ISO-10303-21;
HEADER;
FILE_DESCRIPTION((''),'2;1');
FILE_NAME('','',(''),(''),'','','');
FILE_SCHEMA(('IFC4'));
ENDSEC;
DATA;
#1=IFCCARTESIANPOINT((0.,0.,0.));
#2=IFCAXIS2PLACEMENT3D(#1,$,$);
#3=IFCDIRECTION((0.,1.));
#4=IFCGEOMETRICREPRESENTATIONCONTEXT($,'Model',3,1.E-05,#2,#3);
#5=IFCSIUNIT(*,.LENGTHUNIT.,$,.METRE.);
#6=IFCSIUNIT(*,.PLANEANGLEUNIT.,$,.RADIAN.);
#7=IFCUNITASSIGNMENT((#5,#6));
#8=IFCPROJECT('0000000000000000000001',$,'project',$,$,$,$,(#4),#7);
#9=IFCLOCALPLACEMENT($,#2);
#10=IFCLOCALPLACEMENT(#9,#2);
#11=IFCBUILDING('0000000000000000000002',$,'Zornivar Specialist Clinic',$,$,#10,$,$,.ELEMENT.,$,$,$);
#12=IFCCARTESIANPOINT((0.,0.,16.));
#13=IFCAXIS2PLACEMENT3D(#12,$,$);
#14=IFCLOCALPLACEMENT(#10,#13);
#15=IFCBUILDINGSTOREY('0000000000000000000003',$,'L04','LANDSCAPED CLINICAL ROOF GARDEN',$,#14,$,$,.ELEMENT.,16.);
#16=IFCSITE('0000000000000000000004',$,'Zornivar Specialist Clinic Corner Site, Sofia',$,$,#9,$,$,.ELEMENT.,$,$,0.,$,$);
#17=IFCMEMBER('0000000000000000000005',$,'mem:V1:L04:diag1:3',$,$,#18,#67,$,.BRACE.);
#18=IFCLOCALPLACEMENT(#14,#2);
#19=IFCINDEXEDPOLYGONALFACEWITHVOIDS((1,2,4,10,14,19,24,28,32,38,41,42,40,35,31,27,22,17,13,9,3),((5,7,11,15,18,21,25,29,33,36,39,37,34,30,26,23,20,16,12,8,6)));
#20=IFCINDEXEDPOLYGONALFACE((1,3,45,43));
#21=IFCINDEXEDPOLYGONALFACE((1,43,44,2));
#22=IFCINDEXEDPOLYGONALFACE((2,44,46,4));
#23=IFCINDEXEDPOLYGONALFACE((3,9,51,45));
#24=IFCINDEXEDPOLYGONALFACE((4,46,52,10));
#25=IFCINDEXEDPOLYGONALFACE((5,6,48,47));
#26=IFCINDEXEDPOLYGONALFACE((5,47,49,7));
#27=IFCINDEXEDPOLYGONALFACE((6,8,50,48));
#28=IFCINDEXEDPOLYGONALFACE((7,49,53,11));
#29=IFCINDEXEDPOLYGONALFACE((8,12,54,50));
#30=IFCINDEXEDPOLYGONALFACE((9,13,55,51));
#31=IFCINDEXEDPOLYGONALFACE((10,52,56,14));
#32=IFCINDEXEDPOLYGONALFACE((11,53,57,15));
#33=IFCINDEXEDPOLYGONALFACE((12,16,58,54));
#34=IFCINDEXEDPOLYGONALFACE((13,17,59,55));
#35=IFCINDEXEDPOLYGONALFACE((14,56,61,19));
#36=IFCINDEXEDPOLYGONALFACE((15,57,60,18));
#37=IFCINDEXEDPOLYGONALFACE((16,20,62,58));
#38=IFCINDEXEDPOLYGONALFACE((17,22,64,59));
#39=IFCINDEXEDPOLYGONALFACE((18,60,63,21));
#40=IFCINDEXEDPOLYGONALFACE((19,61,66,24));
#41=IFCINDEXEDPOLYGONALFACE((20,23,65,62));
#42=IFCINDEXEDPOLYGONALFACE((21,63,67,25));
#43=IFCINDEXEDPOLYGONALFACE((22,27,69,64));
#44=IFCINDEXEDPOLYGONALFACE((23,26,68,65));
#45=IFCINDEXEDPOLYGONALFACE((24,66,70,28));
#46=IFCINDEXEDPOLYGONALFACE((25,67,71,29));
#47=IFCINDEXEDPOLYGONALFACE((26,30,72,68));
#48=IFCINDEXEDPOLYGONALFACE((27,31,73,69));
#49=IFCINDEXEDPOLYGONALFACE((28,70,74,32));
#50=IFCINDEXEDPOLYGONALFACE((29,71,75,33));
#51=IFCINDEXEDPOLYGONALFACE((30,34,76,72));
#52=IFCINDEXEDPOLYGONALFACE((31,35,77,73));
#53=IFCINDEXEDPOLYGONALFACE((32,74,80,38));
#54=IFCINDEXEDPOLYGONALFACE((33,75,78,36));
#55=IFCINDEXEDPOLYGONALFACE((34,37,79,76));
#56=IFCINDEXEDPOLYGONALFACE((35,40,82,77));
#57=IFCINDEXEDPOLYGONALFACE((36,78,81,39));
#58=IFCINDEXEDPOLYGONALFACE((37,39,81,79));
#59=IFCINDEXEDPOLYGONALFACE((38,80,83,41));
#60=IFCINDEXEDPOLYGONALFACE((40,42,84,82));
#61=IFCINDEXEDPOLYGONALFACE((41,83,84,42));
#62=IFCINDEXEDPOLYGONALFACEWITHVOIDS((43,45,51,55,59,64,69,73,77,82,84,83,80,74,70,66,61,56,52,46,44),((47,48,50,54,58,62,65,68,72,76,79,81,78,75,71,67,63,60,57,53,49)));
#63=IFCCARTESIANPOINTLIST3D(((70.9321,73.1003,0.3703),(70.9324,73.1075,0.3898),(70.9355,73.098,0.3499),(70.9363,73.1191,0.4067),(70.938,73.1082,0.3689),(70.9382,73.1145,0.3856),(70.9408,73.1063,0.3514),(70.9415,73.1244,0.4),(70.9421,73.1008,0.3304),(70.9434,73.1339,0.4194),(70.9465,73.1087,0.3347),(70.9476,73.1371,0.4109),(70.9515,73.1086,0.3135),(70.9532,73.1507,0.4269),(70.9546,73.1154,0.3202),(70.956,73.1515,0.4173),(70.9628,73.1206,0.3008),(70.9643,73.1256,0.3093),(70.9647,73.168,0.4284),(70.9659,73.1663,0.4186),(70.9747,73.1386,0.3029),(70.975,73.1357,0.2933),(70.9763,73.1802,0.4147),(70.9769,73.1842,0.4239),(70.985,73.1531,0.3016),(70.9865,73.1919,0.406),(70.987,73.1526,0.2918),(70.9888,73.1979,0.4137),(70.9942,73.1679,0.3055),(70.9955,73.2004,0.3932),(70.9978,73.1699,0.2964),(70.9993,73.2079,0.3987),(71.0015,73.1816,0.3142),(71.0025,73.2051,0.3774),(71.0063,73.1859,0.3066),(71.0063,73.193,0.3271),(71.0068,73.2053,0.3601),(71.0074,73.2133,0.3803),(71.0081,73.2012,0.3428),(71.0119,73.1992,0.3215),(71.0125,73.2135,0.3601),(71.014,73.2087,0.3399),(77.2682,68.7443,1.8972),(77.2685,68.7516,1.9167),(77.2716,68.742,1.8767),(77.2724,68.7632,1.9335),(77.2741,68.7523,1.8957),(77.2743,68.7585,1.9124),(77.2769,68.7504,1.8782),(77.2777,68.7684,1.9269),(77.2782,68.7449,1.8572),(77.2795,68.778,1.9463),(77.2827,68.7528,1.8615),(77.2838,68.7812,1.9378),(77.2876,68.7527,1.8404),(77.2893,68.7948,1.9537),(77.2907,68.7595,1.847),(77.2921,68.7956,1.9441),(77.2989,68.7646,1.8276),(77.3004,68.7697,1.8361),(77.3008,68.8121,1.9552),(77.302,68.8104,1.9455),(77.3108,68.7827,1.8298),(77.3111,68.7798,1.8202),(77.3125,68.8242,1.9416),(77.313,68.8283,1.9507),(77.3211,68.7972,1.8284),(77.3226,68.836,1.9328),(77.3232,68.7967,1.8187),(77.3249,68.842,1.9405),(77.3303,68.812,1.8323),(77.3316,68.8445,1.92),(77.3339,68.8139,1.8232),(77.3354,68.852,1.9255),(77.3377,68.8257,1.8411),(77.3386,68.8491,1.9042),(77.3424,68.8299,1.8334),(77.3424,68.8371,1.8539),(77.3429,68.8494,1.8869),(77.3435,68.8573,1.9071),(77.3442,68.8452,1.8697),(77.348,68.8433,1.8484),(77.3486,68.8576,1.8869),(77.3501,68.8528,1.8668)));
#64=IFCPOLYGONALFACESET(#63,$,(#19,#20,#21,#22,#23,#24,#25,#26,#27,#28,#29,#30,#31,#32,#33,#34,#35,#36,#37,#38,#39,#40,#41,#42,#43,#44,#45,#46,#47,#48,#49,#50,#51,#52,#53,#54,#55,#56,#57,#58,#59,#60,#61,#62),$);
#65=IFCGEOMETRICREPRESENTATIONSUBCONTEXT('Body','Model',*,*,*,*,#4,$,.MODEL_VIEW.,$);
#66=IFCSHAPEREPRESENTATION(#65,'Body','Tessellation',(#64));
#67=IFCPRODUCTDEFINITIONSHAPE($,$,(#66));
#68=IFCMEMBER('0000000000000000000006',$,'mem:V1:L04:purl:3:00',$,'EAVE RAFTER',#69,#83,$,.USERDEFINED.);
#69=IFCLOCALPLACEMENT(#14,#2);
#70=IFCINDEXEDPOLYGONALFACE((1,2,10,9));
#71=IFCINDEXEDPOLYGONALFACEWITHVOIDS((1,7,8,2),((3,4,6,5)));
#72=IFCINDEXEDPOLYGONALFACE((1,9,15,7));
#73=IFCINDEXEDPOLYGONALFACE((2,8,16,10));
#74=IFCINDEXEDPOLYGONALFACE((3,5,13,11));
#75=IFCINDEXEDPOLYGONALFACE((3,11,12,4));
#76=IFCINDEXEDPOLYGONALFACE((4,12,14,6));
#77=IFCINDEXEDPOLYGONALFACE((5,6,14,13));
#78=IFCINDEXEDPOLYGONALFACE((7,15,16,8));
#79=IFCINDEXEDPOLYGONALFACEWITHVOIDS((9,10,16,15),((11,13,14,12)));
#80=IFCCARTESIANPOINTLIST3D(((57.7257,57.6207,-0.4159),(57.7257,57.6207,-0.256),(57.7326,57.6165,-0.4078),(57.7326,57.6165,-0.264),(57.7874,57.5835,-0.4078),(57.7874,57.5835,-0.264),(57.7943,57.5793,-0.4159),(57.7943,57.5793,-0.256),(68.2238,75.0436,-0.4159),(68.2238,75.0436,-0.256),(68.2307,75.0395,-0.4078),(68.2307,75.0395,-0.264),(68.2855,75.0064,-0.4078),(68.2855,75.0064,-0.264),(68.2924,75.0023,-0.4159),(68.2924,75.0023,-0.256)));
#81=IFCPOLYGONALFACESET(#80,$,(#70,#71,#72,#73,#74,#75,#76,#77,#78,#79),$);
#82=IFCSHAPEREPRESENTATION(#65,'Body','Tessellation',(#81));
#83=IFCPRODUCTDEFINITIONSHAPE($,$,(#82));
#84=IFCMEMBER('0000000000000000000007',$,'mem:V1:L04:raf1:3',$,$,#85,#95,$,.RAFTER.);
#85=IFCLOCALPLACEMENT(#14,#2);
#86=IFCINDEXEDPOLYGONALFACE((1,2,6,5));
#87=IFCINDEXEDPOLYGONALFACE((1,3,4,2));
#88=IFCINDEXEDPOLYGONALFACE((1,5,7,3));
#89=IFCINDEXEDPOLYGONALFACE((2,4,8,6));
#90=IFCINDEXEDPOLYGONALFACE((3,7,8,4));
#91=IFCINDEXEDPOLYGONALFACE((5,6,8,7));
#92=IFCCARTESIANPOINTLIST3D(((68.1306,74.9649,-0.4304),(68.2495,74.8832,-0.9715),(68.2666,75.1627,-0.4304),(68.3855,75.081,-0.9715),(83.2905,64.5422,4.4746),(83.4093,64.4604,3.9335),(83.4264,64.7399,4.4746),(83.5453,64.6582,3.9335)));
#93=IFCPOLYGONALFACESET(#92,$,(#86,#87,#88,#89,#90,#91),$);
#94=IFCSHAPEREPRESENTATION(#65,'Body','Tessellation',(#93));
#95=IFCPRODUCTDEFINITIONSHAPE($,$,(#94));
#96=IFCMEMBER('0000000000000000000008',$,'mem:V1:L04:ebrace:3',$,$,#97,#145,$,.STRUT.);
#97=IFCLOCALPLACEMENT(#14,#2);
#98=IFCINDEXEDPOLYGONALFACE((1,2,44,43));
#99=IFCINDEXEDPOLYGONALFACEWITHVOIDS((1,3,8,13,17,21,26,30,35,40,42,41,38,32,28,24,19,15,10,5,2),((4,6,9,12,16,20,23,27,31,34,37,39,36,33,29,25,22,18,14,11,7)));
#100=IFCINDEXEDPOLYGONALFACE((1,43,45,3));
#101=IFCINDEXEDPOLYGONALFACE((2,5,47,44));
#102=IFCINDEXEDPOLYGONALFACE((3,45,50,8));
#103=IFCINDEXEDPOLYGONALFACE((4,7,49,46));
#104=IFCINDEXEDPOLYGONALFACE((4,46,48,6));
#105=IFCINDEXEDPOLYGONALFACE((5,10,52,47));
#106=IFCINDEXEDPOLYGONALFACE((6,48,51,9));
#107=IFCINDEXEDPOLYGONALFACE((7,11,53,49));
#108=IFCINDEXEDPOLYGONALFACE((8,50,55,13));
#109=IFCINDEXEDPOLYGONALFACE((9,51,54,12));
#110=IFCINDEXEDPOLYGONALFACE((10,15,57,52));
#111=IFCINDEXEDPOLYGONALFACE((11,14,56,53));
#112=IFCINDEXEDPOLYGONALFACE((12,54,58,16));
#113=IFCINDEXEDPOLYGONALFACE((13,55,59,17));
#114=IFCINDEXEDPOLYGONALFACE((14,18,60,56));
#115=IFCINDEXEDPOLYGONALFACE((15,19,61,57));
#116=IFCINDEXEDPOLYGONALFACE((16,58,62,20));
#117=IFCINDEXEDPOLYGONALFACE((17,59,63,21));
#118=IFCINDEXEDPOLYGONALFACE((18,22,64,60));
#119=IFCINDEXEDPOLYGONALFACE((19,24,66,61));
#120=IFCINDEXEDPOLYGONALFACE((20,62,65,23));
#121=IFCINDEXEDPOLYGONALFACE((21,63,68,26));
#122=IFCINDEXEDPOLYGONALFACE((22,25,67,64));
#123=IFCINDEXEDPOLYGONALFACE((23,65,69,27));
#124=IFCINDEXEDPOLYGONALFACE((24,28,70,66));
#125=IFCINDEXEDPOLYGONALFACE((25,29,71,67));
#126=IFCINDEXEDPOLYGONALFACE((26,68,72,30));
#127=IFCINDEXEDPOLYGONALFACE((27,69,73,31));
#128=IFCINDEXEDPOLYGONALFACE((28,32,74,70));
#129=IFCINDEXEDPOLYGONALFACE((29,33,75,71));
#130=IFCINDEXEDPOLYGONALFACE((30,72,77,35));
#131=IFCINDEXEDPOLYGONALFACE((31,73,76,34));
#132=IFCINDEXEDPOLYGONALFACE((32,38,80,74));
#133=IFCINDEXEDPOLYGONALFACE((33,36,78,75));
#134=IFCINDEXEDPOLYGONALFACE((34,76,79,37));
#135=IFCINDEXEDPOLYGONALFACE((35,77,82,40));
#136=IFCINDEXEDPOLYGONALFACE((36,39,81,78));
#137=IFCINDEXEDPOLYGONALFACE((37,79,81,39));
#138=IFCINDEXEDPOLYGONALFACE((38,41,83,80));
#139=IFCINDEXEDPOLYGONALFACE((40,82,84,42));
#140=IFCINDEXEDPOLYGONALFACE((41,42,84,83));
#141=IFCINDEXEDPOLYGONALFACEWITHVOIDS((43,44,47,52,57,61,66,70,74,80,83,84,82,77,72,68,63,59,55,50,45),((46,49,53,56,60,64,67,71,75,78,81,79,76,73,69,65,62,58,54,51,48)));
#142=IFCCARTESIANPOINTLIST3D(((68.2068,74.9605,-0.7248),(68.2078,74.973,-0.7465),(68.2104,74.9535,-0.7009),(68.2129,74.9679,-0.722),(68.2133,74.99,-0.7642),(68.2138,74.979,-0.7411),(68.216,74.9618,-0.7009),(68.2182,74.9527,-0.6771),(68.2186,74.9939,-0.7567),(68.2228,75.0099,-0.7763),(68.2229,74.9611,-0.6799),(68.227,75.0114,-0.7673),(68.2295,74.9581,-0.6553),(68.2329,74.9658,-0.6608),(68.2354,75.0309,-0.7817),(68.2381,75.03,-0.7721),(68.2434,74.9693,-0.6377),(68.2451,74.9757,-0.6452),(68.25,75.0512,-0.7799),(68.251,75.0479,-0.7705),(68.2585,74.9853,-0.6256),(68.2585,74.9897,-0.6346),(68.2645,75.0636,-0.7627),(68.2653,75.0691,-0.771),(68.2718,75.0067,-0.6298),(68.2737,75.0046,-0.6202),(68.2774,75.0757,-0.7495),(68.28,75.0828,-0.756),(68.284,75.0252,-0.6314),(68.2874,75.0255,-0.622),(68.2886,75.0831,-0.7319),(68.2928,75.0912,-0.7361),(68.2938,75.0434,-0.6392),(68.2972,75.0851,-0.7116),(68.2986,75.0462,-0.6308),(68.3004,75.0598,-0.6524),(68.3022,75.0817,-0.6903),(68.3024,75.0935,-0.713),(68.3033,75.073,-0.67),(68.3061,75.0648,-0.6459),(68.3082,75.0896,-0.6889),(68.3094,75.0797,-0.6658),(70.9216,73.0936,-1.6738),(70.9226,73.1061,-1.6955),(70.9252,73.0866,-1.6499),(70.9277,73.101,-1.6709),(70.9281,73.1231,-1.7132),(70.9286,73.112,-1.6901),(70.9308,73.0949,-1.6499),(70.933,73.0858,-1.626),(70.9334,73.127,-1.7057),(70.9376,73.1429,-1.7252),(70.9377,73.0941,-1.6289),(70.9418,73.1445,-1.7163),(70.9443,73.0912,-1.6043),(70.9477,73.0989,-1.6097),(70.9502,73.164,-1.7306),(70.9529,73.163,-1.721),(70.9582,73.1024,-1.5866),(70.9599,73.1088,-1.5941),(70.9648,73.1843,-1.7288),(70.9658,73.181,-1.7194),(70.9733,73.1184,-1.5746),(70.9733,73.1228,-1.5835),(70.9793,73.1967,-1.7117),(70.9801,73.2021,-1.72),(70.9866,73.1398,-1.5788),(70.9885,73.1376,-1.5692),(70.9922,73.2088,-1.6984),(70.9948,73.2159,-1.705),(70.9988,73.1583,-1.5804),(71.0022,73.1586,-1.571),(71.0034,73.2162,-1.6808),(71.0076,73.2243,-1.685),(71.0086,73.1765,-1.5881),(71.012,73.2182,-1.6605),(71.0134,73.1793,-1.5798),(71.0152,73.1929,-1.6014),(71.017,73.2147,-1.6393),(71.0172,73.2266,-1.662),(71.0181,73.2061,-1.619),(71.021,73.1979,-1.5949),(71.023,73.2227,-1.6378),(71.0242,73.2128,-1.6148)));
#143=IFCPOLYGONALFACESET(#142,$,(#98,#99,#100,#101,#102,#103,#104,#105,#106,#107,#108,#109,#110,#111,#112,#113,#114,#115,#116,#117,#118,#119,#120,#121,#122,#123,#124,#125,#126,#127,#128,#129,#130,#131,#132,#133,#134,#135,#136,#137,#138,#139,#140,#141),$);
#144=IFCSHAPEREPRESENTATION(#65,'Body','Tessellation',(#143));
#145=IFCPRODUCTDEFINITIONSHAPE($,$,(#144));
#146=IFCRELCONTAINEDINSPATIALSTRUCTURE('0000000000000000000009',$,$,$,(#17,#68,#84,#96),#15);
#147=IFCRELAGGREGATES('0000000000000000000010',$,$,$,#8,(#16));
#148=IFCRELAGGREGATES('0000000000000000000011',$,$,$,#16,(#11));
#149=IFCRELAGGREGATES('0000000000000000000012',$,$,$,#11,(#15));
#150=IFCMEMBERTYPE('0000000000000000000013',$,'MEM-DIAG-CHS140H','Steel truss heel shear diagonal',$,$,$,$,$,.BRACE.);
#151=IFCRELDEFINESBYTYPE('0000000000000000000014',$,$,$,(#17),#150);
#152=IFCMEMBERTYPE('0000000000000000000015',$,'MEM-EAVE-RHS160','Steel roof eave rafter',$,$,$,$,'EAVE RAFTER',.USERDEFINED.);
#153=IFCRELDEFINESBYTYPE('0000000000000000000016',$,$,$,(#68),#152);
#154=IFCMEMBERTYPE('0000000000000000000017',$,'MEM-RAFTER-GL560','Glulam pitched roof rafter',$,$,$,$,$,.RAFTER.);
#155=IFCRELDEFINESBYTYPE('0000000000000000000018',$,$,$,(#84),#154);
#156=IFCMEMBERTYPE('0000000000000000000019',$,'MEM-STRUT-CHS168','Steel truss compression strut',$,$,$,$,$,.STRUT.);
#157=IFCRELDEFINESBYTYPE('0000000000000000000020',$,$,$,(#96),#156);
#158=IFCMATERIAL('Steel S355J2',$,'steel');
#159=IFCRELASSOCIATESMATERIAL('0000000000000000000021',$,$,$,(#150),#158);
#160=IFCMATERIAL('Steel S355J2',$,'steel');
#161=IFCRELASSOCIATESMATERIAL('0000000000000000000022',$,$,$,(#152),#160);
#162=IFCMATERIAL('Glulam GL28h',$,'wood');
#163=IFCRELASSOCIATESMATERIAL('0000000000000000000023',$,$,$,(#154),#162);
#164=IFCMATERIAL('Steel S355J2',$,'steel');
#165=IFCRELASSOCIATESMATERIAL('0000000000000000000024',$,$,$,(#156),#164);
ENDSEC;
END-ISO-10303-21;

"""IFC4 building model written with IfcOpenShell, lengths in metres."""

from ifc_helpers import new_model, si_unit, direction, frame, origin, origin_2d, place, context, subcontext, project, spatial, rectangle, hollow_rectangle, hollow_circle, extrude, material, material_profile, profile_set, type_object, element, save


model = new_model("IFC4")

# Units and contexts
model_context = context("Model", 3, precision=1e-05, world=origin(), true_north=direction((0.0, 1.0)))
body_context = subcontext(model_context, "Body", "Model", "MODEL_VIEW")
ifc_project = project(units=[si_unit("LENGTHUNIT", "METRE"), si_unit("PLANEANGLEUNIT", "RADIAN")], contexts=[model_context])

# Site, building, storey
site_placement = place(None, origin())
site = spatial("IfcSite", under=ifc_project, at=site_placement, Name="Zornivar Specialist Clinic Corner Site, Sofia", CompositionType="ELEMENT", RefElevation=0.0)
building_placement = place(site_placement, origin())
building = spatial("IfcBuilding", under=site, at=building_placement, Name="Zornivar Specialist Clinic", CompositionType="ELEMENT")
storey_placement = place(building_placement, frame((0.0, 0.0, 16.0)))
storey = spatial("IfcBuildingStorey", under=building, at=storey_placement, Name="L04", Description="LANDSCAPED CLINICAL ROOF GARDEN", CompositionType="ELEMENT", Elevation=16.0)

# Members
ifc_material_1 = material(Name="Steel S355J2", Category="steel")
ifc_material_profile_1 = material_profile(ifc_material_1, hollow_circle(Radius=0.0698, WallThickness=0.01, at=origin_2d()), Name="CHS 139.7x10")
ifc_profile_set_1 = profile_set([ifc_material_profile_1], Name="Steel S355J2")
member_type_1 = type_object("IfcMemberType", Name="MEM-DIAG-CHS140H", Description="Steel truss heel shear diagonal", PredefinedType="BRACE", material=ifc_profile_set_1)
member_1_placement = place(storey_placement, frame((70.9729, 73.156, 0.3601), z_axis=(0.80827, -0.555664, 0.194772), x_axis=(0.566514, 0.824052, 0.0)))
element("IfcMember", 1, at=member_1_placement, inside=storey, type_object=member_type_1, Name="mem:V1:L04:diag1:3", PredefinedType="BRACE", context=body_context, shape_type="SweptSolid", body=[
    extrude(hollow_circle(Radius=0.0698, WallThickness=0.01, at=origin_2d()), origin(), (0.0, 0.0, 1.0), 7.8391),
])
ifc_material_2 = material(Name="Steel S355J2", Category="steel")
ifc_material_profile_2 = material_profile(ifc_material_2, hollow_rectangle(XDim=0.0801, YDim=0.1599, WallThickness=0.0081, at=origin_2d()), Name="RHS 160x80x8")
ifc_profile_set_2 = profile_set([ifc_material_profile_2], Name="Steel S355J2")
member_type_2 = type_object("IfcMemberType", Name="MEM-EAVE-RHS160", Description="Steel roof eave rafter", ElementType="EAVE RAFTER", PredefinedType="USERDEFINED", material=ifc_profile_set_2)
member_2_placement = place(storey_placement, frame((68.2581, 75.0229, -0.3359), z_axis=(-0.516098, -0.85653, 0.0), x_axis=(0.85653, -0.516098, 0.0)))
element("IfcMember", 2, at=member_2_placement, inside=storey, type_object=member_type_2, Name="mem:V1:L04:purl:3:00", ObjectType="EAVE RAFTER", PredefinedType="USERDEFINED", context=body_context, shape_type="SweptSolid", body=[
    extrude(hollow_rectangle(XDim=0.0801, YDim=0.1599, WallThickness=0.0081, at=origin_2d()), origin(), (0.0, 0.0, 1.0), 20.3413),
])
ifc_material_3 = material(Name="Glulam GL28h", Category="wood")
ifc_material_profile_3 = material_profile(ifc_material_3, rectangle(XDim=0.24, YDim=0.5601, at=origin_2d()), Name="GL28h 240x560")
ifc_profile_set_3 = profile_set([ifc_material_profile_3], Name="Glulam GL28h")
member_type_3 = type_object("IfcMemberType", Name="MEM-RAFTER-GL560", Description="Glulam pitched roof rafter", PredefinedType="RAFTER", material=ifc_profile_set_3)
member_3_placement = place(storey_placement, frame((68.2581, 75.0229, -0.7009), z_axis=(0.796218, -0.547421, 0.257618), x_axis=(0.566544, 0.824031, 0.0)))
element("IfcMember", 3, at=member_3_placement, inside=storey, type_object=member_type_3, Name="mem:V1:L04:raf1:3", PredefinedType="RAFTER", context=body_context, shape_type="SweptSolid", body=[
    extrude(rectangle(XDim=0.24, YDim=0.5601, at=origin_2d()), origin(), (0.0, 0.0, 1.0), 19.0398),
])
ifc_material_4 = material(Name="Steel S355J2", Category="steel")
ifc_material_profile_4 = material_profile(ifc_material_4, hollow_circle(Radius=0.0842, WallThickness=0.01, at=origin_2d()), Name="CHS 168.3x10")
ifc_profile_set_4 = profile_set([ifc_material_profile_4], Name="Steel S355J2")
member_type_4 = type_object("IfcMemberType", Name="MEM-STRUT-CHS168", Description="Steel truss compression strut", PredefinedType="STRUT", material=ifc_profile_set_4)
member_4_placement = place(storey_placement, frame((70.9729, 73.156, -1.6499), z_axis=(-0.791785, 0.544495, 0.276769), x_axis=(-0.566629, -0.823973, 0.0)))
element("IfcMember", 4, at=member_4_placement, inside=storey, type_object=member_type_4, Name="mem:V1:L04:ebrace:3", PredefinedType="STRUT", context=body_context, shape_type="SweptSolid", body=[
    extrude(hollow_circle(Radius=0.0842, WallThickness=0.01, at=origin_2d()), origin(), (0.0, 0.0, 1.0), 3.4287),
])

save(model, "model.ifc")
